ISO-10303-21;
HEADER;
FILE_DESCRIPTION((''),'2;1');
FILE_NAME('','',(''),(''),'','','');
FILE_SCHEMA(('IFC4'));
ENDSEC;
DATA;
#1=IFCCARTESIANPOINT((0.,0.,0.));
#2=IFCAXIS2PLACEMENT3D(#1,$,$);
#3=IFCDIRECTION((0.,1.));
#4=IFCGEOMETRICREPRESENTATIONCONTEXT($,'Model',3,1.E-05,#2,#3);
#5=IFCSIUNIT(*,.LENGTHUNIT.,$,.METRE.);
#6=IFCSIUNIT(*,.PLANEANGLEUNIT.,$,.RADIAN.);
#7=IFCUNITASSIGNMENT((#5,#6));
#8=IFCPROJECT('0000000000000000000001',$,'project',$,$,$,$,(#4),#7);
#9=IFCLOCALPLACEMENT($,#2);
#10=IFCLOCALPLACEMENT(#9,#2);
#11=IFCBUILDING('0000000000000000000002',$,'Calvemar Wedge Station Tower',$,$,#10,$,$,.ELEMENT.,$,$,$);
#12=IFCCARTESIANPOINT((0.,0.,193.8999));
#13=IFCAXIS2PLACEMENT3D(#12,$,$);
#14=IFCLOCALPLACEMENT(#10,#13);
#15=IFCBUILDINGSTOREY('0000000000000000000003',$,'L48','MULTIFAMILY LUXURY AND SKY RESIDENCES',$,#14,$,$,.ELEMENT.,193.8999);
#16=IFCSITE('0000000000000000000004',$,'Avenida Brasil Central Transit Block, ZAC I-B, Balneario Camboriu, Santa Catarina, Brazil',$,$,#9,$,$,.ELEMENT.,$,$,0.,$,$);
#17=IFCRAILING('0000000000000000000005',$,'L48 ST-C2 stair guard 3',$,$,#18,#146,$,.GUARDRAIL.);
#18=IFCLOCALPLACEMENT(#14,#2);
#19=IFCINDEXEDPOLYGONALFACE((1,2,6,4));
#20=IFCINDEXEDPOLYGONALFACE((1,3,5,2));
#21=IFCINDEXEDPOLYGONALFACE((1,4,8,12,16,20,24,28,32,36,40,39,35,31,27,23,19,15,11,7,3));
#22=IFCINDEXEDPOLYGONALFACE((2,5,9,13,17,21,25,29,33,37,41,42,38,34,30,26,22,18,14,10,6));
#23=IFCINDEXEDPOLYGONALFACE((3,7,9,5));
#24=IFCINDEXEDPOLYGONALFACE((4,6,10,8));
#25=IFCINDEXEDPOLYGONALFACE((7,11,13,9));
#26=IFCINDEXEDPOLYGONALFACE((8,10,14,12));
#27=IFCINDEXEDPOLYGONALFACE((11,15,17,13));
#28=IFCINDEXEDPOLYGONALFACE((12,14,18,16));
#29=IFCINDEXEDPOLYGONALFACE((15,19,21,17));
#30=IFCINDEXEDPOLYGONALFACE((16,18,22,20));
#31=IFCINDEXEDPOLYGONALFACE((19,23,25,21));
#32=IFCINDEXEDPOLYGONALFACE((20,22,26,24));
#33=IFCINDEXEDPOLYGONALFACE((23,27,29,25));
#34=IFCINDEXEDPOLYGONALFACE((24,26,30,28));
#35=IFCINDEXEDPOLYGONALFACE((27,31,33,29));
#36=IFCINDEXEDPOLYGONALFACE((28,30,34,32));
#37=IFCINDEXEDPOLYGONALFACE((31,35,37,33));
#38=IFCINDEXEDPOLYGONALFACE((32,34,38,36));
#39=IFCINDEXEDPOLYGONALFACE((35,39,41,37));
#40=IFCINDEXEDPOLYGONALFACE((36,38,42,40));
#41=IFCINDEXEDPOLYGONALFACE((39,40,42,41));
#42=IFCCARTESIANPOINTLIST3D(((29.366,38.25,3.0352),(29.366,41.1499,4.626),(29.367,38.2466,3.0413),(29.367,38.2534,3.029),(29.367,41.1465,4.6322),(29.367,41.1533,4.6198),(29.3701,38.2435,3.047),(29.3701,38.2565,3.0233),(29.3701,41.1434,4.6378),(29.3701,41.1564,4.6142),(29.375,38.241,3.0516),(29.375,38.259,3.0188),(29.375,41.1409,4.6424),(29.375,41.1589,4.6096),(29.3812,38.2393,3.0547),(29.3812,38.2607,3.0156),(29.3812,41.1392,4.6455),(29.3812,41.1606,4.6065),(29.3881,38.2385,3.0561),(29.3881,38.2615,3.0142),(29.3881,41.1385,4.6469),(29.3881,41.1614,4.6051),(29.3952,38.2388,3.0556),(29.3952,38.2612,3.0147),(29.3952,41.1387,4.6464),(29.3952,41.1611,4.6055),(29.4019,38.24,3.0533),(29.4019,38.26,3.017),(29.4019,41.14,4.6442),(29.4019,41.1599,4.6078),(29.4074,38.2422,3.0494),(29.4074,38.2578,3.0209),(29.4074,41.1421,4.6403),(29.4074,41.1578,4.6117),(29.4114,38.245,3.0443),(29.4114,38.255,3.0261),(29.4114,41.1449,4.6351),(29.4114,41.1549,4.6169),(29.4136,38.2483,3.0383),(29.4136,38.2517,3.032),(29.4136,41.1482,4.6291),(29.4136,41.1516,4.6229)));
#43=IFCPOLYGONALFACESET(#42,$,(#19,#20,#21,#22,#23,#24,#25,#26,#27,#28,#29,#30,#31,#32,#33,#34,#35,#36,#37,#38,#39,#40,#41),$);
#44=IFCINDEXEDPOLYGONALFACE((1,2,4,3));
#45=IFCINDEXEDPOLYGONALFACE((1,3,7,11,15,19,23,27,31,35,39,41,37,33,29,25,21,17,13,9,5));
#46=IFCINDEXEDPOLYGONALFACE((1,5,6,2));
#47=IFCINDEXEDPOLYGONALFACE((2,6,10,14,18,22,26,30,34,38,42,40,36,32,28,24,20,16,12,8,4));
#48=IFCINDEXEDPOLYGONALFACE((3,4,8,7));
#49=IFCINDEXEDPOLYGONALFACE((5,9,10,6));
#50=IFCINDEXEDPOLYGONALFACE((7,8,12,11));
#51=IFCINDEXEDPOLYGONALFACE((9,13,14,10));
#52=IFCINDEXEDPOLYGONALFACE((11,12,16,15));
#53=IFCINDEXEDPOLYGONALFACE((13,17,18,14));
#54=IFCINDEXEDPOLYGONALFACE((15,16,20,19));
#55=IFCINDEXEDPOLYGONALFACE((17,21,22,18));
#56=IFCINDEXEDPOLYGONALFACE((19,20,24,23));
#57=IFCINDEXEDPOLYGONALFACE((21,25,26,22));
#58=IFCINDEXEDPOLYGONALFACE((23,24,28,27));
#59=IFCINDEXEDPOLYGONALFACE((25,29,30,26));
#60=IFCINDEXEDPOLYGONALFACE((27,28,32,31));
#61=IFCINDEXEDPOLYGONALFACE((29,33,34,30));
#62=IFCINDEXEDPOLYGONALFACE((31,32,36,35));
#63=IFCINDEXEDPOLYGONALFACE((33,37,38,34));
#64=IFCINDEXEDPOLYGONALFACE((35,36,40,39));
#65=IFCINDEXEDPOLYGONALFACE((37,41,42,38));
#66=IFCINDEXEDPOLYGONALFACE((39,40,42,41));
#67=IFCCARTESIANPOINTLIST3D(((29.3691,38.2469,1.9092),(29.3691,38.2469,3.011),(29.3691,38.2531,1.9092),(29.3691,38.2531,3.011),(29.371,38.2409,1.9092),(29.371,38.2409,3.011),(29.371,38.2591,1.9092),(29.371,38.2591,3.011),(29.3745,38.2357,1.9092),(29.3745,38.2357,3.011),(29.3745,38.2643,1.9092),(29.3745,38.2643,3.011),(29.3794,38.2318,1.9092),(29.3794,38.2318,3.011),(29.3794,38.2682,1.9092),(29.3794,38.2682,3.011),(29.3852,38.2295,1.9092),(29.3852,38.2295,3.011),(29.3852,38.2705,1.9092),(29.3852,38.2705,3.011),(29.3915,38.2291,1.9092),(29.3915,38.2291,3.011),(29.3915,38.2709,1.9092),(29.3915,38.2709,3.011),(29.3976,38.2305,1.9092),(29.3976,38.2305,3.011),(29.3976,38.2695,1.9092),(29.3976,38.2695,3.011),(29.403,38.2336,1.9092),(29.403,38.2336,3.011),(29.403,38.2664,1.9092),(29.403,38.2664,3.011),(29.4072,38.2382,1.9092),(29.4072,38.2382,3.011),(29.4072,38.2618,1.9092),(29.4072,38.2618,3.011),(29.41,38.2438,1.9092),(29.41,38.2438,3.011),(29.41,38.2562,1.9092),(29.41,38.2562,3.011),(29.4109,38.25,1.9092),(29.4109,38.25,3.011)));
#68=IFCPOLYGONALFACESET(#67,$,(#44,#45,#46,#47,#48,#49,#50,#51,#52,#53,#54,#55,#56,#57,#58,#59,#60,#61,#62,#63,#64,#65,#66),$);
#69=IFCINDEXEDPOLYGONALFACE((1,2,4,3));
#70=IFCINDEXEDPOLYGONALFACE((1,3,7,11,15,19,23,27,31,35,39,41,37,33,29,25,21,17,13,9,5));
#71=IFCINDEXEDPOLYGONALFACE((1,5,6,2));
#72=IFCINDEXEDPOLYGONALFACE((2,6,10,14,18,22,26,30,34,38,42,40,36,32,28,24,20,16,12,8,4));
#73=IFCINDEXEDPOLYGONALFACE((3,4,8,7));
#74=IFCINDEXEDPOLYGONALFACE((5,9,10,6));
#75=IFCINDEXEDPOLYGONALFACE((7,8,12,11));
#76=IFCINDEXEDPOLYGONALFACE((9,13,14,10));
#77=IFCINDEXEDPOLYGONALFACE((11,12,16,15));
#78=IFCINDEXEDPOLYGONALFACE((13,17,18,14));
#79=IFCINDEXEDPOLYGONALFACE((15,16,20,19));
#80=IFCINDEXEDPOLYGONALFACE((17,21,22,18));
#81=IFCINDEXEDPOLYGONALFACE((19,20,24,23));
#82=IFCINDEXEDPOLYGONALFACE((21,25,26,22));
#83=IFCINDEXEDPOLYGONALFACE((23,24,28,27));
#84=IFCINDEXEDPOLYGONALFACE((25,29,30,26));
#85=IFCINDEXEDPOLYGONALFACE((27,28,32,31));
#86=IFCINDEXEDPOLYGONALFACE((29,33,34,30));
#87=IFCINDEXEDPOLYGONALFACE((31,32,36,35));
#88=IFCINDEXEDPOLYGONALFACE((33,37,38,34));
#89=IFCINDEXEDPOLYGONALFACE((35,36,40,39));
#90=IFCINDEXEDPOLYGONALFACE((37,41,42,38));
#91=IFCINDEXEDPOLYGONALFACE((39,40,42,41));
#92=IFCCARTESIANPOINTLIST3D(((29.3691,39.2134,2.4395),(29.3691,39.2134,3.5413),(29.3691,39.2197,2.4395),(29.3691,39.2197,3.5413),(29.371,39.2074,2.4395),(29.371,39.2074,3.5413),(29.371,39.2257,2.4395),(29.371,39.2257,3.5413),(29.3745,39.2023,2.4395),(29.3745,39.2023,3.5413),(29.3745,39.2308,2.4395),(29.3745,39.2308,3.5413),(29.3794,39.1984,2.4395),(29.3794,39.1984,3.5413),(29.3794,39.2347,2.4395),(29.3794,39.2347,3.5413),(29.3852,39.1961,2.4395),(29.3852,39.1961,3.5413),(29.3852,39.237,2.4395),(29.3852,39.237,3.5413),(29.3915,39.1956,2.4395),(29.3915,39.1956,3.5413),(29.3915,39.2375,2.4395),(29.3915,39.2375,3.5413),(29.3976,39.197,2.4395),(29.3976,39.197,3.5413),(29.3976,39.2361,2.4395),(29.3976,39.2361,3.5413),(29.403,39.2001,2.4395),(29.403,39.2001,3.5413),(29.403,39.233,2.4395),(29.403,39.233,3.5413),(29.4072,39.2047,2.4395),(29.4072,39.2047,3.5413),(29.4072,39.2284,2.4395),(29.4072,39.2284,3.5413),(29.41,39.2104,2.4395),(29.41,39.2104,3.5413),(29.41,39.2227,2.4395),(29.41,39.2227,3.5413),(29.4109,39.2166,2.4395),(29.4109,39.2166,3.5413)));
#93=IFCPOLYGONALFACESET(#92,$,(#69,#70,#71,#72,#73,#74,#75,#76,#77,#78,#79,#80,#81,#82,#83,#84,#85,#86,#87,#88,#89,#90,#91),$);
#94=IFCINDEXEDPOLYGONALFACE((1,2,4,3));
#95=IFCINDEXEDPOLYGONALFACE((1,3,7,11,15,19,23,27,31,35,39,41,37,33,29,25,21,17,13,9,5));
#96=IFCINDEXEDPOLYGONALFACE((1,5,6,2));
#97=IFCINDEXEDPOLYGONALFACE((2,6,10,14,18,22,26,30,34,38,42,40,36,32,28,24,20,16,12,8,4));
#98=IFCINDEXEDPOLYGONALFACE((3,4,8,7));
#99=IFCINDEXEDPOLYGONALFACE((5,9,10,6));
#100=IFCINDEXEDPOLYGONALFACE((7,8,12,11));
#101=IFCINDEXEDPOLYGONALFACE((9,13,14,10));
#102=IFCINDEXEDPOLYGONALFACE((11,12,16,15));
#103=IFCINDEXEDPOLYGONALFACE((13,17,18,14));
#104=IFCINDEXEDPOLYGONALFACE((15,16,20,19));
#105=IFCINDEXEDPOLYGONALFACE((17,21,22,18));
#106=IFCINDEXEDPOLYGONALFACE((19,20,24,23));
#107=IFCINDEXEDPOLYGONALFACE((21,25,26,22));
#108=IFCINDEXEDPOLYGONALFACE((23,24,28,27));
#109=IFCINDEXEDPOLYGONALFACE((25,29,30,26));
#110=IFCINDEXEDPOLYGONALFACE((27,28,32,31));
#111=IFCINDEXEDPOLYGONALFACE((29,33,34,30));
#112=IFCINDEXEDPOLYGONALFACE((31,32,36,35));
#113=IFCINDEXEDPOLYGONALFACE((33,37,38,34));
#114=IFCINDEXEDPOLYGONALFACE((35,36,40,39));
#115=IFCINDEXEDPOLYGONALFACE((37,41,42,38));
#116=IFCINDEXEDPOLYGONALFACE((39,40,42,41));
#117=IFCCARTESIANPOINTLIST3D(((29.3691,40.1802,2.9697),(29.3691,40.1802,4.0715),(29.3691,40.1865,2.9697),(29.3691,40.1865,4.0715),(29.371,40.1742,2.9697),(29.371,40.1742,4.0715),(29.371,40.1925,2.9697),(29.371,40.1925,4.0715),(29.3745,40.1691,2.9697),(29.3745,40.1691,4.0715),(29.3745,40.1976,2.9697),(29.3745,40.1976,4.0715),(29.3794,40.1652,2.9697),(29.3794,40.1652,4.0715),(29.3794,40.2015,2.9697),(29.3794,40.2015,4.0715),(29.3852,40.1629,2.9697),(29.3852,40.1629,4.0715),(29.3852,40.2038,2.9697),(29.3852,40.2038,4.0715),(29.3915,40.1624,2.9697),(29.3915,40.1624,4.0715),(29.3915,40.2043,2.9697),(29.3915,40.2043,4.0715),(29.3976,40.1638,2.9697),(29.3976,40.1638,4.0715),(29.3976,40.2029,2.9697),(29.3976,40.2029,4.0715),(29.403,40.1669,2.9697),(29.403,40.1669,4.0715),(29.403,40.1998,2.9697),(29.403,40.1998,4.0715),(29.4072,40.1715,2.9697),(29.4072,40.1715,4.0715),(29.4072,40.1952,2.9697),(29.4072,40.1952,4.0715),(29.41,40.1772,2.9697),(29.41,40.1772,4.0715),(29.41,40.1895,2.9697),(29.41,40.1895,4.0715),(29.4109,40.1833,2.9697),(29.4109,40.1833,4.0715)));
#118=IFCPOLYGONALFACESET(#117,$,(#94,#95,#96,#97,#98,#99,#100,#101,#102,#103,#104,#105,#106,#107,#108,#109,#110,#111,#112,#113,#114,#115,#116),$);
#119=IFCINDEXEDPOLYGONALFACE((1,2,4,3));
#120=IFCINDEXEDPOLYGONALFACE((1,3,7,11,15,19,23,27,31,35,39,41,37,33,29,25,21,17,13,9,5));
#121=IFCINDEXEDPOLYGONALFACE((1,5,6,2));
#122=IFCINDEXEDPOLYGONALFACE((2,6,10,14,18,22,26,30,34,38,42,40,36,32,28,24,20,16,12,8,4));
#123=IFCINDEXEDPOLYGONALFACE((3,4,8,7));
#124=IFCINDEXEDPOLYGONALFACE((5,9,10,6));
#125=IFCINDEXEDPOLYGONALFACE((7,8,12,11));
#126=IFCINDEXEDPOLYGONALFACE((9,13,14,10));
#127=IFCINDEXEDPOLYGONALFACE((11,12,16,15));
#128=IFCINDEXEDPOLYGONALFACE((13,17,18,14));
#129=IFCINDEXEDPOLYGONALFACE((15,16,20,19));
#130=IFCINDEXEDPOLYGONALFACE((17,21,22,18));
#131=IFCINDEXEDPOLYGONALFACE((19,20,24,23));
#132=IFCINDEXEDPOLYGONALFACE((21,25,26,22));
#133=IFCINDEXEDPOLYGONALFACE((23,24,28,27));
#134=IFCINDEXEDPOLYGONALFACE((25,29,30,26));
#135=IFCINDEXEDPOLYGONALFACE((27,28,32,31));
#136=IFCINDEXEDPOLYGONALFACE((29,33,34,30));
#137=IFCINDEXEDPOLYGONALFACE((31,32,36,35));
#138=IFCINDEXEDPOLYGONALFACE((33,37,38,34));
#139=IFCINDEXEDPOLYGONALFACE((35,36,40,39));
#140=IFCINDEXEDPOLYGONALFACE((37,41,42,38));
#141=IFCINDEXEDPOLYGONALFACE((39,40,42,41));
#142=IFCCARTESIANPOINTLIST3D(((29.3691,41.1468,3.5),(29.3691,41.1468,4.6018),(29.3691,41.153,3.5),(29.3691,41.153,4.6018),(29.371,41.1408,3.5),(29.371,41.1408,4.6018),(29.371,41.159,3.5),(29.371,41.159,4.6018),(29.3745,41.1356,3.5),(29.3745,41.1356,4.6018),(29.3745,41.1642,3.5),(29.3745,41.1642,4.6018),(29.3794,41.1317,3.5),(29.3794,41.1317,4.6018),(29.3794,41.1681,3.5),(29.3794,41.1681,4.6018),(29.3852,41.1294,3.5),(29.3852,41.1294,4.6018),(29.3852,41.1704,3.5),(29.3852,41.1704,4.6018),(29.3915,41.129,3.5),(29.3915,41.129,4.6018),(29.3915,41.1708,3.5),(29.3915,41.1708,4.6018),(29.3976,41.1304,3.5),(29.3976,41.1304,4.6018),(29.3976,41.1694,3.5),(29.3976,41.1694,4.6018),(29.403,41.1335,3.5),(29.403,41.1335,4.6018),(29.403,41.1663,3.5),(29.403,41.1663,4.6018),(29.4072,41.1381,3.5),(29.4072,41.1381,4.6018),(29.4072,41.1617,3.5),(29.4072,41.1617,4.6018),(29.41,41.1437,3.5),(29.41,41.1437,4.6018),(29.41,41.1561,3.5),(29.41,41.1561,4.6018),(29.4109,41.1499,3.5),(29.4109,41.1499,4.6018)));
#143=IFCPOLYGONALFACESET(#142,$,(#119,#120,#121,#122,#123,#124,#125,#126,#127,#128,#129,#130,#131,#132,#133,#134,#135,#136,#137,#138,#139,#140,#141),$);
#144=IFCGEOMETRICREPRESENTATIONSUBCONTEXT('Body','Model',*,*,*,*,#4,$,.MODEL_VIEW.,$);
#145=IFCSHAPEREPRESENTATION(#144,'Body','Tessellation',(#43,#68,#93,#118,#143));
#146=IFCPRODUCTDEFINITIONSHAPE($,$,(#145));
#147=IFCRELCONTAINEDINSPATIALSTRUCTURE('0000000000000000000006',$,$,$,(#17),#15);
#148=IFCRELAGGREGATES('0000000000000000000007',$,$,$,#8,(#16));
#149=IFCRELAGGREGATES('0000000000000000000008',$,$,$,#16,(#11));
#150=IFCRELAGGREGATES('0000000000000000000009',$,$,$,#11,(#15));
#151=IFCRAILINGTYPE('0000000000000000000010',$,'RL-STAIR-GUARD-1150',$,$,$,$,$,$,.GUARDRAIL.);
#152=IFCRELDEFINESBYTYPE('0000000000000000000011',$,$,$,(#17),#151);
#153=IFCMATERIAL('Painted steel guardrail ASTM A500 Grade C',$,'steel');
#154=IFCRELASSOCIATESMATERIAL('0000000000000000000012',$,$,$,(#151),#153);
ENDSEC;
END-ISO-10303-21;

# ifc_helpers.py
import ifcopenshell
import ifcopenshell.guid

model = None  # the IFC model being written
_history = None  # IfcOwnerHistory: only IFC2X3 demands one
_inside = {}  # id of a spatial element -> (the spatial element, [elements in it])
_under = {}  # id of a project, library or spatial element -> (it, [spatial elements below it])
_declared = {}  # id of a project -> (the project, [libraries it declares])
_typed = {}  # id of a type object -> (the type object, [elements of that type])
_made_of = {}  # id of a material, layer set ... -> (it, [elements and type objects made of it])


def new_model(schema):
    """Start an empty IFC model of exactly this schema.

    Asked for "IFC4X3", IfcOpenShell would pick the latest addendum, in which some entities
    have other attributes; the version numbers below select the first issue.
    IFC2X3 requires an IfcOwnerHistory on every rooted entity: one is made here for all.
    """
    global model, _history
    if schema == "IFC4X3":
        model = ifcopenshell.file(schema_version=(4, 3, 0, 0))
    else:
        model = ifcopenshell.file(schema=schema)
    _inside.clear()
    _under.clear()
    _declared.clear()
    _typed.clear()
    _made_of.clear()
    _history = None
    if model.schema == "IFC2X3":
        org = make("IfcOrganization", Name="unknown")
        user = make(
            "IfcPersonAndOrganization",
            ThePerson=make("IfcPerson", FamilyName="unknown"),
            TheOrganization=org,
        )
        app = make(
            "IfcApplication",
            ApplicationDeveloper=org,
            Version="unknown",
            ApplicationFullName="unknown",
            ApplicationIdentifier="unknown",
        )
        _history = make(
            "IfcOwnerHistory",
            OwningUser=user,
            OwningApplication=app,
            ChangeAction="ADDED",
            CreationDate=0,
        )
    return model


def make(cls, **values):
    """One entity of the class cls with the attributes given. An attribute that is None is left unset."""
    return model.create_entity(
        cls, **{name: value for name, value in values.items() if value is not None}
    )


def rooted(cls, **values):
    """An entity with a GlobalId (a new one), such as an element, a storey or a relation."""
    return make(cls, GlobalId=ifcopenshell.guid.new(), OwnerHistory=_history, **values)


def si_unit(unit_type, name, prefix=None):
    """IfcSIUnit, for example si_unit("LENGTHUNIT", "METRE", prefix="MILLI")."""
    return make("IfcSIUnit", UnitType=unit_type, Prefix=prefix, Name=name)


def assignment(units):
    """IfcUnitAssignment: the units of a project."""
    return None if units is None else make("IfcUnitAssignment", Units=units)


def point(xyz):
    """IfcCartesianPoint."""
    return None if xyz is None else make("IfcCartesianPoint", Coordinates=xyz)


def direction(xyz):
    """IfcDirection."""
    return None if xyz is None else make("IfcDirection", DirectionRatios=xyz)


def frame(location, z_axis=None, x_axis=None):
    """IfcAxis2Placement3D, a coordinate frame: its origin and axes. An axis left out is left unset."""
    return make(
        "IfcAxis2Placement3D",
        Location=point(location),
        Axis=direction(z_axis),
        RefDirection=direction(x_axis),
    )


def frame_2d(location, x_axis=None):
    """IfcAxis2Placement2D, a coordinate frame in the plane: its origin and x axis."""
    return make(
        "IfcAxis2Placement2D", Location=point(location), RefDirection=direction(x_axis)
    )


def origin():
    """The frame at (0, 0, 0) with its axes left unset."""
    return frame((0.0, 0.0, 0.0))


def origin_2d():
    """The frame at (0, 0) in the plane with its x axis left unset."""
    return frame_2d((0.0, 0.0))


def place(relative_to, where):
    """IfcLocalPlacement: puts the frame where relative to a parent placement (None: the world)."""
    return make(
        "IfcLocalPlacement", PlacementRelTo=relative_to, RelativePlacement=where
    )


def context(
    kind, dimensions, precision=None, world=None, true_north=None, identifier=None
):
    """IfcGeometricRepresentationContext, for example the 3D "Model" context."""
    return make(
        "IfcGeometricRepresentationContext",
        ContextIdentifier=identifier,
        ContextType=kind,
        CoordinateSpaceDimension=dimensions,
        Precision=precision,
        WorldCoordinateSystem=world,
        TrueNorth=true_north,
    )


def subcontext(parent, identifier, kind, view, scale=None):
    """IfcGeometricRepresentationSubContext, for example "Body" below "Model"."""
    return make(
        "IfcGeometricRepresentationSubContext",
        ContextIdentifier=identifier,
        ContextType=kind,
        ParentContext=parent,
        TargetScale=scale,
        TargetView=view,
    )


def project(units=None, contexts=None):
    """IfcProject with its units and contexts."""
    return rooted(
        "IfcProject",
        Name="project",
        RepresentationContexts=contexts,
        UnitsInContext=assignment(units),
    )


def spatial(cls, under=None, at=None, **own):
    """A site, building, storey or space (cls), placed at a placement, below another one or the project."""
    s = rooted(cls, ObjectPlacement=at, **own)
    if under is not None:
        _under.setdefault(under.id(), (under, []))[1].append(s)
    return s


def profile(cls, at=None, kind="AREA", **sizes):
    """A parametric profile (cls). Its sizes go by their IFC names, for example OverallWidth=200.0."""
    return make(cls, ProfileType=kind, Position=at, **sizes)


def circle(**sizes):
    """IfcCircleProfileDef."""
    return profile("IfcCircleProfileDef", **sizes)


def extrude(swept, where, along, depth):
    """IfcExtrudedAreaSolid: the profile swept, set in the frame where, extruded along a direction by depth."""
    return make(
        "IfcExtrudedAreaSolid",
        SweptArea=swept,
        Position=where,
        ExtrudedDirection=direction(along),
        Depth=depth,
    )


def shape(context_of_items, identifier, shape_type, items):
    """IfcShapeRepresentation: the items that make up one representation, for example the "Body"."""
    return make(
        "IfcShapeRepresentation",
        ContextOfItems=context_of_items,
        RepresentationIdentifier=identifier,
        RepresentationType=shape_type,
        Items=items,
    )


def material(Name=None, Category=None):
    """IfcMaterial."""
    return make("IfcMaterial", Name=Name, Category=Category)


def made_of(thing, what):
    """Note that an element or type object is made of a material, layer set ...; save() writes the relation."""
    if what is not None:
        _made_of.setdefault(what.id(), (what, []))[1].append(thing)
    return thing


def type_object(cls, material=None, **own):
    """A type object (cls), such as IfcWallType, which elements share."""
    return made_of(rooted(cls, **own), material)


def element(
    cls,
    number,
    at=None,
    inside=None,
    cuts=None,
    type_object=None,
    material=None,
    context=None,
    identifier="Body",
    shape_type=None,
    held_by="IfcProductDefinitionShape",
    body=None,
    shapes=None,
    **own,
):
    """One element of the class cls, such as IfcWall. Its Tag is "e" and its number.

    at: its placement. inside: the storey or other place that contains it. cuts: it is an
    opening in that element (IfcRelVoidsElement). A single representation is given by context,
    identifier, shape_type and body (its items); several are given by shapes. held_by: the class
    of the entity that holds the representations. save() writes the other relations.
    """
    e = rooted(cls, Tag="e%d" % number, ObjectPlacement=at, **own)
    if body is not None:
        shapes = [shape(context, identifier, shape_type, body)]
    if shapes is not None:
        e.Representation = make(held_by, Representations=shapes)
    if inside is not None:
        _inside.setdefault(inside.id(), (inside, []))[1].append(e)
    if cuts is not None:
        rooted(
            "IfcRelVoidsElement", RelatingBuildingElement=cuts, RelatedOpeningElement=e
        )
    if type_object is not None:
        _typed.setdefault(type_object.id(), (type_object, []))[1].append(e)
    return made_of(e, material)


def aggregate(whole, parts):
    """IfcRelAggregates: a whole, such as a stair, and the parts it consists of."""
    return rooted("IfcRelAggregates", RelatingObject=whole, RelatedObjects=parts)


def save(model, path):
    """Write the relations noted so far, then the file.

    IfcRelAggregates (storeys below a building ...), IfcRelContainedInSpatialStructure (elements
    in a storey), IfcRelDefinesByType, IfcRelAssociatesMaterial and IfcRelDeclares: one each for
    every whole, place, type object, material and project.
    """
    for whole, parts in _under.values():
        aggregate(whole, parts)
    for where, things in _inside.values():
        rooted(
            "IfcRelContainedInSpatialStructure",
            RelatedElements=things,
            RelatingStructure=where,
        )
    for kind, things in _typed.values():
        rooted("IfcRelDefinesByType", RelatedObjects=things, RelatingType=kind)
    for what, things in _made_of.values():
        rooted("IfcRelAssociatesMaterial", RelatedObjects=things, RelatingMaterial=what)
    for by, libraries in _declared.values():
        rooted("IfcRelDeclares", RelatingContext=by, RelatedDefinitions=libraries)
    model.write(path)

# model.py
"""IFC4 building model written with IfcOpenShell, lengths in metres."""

from ifc_helpers import new_model, si_unit, direction, frame, origin, origin_2d, place, context, subcontext, project, spatial, circle, extrude, material, type_object, element, save


model = new_model("IFC4")

# Units and contexts
model_context = context("Model", 3, precision=1e-05, world=origin(), true_north=direction((0.0, 1.0)))
body_context = subcontext(model_context, "Body", "Model", "MODEL_VIEW")
ifc_project = project(units=[si_unit("LENGTHUNIT", "METRE"), si_unit("PLANEANGLEUNIT", "RADIAN")], contexts=[model_context])

# Site, building, storey
site_placement = place(None, origin())
site = spatial("IfcSite", under=ifc_project, at=site_placement, Name="Avenida Brasil Central Transit Block, ZAC I-B, Balneario Camboriu, Santa Catarina, Brazil", CompositionType="ELEMENT", RefElevation=0.0)
building_placement = place(site_placement, origin())
building = spatial("IfcBuilding", under=site, at=building_placement, Name="Calvemar Wedge Station Tower", CompositionType="ELEMENT")
storey_placement = place(building_placement, frame((0.0, 0.0, 193.8999)))
storey = spatial("IfcBuildingStorey", under=building, at=storey_placement, Name="L48", Description="MULTIFAMILY LUXURY AND SKY RESIDENCES", CompositionType="ELEMENT", Elevation=193.8999)

# Railing
ifc_material_1 = material(Name="Painted steel guardrail ASTM A500 Grade C", Category="steel")
railing_type_1 = type_object("IfcRailingType", Name="RL-STAIR-GUARD-1150", PredefinedType="GUARDRAIL", material=ifc_material_1)
railing_1_placement = place(storey_placement, frame((29.3899, 38.25, 1.9092)))
element("IfcRailing", 1, at=railing_1_placement, inside=storey, type_object=railing_type_1, Name="L48 ST-C2 stair guard 3", PredefinedType="GUARDRAIL", context=body_context, shape_type="SweptSolid", body=[
    extrude(circle(Radius=0.0239, at=origin_2d()), frame((0.0, 0.0, 1.126), z_axis=(0.0, 0.876742, 0.480961), x_axis=(-1.0, 0.0, 0.0)), (0.0, 0.0, 1.0), 3.3076),
    extrude(circle(Radius=0.021, at=origin_2d()), origin(), (0.0, 0.0, 1.0), 1.1018),
    extrude(circle(Radius=0.021, at=origin_2d()), frame((0.0, 0.9666, 0.5303)), (0.0, 0.0, 1.0), 1.1018),
    extrude(circle(Radius=0.021, at=origin_2d()), frame((0.0, 1.9333, 1.0605)), (0.0, 0.0, 1.0), 1.1018),
    extrude(circle(Radius=0.021, at=origin_2d()), frame((0.0, 2.8999, 1.5908)), (0.0, 0.0, 1.0), 1.1018),
])

save(model, "model.ifc")
